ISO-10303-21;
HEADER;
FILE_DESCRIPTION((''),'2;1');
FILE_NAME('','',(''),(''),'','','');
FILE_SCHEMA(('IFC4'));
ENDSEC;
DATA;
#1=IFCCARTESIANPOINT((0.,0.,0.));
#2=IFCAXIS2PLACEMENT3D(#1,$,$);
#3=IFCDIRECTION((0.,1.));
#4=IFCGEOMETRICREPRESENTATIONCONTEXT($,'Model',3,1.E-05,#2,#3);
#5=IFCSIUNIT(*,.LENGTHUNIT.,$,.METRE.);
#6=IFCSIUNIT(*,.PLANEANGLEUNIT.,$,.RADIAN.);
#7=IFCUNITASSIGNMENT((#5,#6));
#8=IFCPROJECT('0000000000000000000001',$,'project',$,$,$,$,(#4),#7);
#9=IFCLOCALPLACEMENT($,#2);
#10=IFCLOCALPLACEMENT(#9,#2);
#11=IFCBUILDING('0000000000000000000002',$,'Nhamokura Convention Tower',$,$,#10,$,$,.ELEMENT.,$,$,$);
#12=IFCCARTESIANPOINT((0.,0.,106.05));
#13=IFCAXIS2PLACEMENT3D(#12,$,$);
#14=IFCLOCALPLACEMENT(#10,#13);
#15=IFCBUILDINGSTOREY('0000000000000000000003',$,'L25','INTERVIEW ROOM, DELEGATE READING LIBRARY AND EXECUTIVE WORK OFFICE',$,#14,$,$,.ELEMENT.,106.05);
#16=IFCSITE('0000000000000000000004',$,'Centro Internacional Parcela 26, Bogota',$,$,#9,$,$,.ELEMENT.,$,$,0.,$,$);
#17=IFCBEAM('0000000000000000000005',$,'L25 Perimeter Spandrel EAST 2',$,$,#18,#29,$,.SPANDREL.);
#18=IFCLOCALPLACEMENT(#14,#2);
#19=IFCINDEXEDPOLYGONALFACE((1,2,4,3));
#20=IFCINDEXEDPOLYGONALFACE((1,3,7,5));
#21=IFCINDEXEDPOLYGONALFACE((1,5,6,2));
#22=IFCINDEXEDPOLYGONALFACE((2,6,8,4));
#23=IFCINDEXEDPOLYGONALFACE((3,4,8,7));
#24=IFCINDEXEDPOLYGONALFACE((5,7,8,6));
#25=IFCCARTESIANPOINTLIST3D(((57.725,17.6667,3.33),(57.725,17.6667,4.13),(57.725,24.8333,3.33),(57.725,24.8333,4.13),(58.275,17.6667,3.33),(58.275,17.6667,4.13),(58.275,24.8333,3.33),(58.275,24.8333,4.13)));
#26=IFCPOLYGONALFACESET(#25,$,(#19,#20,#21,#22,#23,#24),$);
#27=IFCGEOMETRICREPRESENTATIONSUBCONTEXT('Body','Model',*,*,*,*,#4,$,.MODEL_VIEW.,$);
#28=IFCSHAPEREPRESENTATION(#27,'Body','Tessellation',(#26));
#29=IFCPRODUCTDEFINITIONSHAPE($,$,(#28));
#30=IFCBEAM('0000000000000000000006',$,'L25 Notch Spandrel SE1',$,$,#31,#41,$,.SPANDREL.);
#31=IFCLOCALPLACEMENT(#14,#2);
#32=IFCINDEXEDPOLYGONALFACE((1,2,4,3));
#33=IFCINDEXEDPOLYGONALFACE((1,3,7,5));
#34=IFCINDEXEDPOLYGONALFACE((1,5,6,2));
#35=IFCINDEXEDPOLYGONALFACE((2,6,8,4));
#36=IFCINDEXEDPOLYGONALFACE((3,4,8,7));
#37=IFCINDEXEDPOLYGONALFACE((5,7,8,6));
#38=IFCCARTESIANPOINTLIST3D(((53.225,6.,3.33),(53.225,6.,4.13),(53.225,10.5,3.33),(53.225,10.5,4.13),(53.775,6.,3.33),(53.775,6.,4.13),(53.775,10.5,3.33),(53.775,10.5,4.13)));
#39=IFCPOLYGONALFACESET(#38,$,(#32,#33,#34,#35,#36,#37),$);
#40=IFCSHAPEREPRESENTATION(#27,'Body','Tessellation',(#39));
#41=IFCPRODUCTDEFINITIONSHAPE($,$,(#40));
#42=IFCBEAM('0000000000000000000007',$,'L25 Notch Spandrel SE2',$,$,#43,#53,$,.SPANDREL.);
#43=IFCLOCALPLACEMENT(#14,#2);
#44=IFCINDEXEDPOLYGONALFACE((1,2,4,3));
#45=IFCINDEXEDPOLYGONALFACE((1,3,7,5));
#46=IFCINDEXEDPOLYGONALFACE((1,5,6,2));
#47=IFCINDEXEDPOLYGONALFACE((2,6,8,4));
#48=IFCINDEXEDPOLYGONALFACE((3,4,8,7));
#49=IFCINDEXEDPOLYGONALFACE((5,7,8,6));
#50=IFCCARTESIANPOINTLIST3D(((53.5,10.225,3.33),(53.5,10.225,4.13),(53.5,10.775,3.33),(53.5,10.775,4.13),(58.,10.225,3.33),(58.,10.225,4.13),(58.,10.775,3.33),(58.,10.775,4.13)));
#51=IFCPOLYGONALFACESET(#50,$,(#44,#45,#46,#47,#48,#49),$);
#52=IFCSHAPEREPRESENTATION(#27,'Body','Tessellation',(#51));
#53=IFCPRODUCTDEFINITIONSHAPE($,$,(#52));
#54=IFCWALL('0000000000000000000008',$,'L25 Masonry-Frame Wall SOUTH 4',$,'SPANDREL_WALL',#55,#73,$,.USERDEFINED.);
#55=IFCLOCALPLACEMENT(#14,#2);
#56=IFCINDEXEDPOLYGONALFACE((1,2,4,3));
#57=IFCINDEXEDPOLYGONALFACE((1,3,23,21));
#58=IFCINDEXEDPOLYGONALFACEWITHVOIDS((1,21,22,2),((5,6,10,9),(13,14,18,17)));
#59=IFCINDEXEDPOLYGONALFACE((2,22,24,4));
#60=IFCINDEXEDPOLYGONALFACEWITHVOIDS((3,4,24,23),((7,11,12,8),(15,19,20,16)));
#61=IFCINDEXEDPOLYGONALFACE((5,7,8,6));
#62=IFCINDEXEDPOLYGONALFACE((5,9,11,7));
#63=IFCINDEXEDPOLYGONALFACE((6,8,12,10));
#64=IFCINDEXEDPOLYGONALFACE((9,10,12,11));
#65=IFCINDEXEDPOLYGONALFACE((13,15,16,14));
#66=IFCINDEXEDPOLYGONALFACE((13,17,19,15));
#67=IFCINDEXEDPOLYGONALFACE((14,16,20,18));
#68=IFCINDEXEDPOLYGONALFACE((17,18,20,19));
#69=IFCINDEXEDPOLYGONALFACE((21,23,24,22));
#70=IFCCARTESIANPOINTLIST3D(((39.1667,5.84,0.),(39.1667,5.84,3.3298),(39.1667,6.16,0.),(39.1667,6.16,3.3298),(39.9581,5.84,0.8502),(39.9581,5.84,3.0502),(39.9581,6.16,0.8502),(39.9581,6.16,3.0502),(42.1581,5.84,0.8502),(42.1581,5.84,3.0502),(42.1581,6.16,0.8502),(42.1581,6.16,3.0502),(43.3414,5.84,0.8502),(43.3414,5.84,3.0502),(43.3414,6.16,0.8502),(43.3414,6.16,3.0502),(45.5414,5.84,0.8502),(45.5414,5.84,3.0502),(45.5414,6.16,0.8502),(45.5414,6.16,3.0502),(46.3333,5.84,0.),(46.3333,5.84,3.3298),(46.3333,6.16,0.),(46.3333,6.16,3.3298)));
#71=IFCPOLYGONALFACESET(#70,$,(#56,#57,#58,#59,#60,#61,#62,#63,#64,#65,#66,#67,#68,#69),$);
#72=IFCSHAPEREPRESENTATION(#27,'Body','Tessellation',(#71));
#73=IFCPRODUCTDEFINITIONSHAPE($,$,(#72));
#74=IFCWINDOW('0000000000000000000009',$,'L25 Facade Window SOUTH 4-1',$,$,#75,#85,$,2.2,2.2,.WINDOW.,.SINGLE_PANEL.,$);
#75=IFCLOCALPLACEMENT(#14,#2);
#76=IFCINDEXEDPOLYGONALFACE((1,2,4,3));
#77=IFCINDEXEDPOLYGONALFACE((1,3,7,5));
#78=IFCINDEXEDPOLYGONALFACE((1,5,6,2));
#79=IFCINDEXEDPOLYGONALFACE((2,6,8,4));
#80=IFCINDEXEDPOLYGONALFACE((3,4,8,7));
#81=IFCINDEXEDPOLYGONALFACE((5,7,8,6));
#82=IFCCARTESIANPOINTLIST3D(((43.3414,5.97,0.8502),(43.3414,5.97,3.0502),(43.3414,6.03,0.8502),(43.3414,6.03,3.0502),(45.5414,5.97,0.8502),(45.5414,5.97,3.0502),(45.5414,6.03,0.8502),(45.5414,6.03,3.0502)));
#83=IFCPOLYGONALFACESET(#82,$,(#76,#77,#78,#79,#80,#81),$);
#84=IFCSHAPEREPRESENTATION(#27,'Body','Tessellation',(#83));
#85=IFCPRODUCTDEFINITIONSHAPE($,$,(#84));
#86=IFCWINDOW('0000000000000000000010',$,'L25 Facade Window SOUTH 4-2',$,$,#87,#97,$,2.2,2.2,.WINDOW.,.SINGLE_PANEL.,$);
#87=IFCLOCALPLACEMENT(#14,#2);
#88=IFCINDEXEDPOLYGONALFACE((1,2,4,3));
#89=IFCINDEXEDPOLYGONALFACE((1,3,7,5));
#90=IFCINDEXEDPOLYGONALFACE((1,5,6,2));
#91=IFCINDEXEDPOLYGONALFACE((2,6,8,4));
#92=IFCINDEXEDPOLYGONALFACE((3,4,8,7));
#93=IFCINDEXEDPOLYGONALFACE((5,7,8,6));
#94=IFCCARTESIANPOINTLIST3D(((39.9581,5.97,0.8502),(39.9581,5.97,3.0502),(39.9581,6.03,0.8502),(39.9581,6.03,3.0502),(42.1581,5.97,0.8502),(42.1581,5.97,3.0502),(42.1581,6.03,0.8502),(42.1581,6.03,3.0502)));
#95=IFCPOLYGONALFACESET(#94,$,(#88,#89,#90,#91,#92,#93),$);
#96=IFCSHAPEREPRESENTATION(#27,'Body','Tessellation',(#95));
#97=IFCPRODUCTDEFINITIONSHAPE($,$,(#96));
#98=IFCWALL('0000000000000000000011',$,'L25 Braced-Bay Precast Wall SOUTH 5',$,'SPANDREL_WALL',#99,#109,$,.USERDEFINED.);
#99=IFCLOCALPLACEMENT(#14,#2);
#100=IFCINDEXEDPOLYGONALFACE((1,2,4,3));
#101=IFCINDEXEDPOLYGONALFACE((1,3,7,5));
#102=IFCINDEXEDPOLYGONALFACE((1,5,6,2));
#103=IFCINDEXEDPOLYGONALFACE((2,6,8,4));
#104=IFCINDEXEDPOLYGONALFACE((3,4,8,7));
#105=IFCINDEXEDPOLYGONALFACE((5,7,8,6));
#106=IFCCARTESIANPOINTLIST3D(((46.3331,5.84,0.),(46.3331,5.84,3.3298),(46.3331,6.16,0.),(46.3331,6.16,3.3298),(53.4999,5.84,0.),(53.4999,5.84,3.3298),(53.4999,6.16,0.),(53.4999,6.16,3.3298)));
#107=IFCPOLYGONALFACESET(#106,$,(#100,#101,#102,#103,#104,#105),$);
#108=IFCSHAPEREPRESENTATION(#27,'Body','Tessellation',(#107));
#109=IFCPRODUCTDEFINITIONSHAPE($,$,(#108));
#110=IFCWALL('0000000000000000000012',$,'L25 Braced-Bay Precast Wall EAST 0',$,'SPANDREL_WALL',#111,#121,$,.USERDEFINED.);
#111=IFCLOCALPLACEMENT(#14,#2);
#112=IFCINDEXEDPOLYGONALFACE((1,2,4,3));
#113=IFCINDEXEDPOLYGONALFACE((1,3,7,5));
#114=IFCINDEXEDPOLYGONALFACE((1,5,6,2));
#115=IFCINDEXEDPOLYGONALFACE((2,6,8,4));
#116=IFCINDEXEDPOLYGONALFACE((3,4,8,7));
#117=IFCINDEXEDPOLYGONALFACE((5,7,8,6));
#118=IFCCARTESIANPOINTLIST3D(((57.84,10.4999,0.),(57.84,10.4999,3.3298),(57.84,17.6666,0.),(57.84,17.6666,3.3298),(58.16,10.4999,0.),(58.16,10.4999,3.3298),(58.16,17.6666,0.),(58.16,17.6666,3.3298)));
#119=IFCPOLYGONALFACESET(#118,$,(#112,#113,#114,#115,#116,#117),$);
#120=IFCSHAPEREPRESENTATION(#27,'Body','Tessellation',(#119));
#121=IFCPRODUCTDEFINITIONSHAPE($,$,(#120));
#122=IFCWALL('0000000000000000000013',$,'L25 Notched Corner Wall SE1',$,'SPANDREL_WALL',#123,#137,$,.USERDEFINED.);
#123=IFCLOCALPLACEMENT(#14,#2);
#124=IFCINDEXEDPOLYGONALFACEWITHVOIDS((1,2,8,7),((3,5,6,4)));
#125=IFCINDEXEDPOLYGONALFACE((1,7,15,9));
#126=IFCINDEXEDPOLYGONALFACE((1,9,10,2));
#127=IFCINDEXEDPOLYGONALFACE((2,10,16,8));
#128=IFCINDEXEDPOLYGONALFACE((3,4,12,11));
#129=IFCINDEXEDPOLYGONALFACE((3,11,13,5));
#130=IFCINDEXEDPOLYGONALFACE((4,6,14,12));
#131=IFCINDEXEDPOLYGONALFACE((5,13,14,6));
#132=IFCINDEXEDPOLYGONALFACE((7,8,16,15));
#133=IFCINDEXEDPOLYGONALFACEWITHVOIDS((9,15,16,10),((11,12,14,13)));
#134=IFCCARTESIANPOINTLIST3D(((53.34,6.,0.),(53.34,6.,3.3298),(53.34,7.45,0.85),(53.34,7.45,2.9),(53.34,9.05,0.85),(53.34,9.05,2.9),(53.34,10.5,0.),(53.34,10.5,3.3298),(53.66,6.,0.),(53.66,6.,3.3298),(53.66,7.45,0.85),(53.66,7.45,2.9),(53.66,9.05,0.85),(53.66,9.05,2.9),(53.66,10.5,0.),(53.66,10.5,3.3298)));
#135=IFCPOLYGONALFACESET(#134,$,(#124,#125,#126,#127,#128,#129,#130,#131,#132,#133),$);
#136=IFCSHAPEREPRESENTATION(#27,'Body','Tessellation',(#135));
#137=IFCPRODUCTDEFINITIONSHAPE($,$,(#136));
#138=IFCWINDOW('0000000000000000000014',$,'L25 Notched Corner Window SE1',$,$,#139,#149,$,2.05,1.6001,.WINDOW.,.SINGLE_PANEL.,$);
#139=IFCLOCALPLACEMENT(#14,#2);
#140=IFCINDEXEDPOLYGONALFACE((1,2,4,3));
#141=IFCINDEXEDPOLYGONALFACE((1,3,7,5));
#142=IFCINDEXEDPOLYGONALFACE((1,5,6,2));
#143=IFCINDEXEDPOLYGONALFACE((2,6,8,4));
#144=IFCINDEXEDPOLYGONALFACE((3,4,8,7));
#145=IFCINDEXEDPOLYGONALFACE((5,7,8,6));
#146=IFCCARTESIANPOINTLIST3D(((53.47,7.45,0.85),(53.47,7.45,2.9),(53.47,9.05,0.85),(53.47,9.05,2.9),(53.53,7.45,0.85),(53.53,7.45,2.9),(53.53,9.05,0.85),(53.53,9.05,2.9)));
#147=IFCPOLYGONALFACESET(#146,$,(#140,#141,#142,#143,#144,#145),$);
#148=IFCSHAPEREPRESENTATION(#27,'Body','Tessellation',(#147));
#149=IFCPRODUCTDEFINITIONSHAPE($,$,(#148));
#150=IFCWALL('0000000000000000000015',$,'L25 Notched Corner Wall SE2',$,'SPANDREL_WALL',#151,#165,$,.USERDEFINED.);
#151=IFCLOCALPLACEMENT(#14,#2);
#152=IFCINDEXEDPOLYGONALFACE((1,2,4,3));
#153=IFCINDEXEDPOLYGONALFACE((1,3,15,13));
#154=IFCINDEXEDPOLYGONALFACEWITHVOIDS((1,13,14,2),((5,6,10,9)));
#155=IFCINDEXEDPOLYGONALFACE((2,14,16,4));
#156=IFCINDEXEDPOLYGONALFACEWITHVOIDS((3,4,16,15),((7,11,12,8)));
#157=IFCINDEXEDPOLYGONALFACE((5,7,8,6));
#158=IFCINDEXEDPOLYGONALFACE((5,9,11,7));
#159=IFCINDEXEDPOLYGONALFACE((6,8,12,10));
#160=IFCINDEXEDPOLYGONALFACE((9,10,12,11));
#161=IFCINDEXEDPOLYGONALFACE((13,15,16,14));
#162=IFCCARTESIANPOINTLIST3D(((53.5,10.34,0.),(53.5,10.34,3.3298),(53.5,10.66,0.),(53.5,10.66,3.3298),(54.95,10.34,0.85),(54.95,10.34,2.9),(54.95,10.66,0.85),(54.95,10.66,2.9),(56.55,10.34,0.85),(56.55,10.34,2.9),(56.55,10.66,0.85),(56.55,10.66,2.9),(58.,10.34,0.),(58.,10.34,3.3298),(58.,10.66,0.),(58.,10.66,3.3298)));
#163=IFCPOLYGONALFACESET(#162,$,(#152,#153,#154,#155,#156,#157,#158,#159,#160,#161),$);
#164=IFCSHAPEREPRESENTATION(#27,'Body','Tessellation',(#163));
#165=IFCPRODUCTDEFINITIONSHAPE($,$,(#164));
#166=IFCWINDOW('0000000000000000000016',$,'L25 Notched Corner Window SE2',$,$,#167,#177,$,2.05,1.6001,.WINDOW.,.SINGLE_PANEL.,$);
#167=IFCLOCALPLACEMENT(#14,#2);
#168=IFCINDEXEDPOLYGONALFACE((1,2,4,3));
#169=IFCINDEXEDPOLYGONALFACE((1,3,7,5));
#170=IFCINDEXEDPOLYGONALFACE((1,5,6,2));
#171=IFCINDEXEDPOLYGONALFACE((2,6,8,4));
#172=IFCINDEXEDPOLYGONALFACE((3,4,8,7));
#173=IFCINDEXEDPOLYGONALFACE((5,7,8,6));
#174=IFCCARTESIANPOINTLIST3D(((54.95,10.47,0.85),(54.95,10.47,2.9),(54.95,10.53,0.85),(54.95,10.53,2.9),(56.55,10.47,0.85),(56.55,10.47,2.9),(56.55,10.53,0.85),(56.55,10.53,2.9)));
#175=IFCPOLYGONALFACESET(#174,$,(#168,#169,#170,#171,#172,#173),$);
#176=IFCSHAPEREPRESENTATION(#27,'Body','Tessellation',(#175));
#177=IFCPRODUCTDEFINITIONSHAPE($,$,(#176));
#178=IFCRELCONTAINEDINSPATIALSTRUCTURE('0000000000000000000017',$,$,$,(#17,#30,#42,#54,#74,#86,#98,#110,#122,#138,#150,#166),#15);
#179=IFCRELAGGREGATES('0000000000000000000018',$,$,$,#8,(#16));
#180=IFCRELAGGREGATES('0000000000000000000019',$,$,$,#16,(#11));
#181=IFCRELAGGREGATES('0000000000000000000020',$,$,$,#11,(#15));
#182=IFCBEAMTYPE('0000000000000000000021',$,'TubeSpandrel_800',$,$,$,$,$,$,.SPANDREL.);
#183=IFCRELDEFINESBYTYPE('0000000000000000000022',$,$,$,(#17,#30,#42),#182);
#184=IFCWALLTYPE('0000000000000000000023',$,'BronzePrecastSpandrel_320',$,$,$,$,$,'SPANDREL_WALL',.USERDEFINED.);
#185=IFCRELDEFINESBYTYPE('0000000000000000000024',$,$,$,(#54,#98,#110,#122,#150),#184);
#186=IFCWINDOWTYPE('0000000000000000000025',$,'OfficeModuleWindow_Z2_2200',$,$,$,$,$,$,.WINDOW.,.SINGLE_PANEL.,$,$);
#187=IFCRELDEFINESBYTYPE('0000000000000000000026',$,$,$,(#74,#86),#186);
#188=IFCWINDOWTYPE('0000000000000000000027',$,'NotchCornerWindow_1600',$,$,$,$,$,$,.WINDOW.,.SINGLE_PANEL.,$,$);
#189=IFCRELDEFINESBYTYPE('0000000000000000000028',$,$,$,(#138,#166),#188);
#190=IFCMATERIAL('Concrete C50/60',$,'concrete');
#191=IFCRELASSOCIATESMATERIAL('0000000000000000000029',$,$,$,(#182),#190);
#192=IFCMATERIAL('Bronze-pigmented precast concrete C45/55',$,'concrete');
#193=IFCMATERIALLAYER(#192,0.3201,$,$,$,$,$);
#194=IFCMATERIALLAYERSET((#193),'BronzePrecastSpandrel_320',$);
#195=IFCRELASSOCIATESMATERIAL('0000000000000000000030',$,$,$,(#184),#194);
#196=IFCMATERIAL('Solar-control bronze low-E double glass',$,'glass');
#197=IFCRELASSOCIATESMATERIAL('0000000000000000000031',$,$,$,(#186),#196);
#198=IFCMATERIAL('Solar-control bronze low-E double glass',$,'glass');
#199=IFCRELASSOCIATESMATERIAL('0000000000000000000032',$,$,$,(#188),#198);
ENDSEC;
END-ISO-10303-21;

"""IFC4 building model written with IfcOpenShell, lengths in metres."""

from ifc_helpers import new_model, si_unit, direction, frame, frame_2d, origin, origin_2d, place, context, subcontext, project, spatial, rectangle, extrude, material, layer, layer_set, material_profile, profile_set, type_object, element, fill, save


model = new_model("IFC4")

# Units and contexts
model_context = context("Model", 3, precision=1e-05, world=origin(), true_north=direction((0.0, 1.0)))
body_context = subcontext(model_context, "Body", "Model", "MODEL_VIEW")
ifc_project = project(units=[si_unit("LENGTHUNIT", "METRE"), si_unit("PLANEANGLEUNIT", "RADIAN")], contexts=[model_context])

# Site, building, storey
site_placement = place(None, origin())
site = spatial("IfcSite", under=ifc_project, at=site_placement, Name="Centro Internacional Parcela 26, Bogota", CompositionType="ELEMENT", RefElevation=0.0)
building_placement = place(site_placement, origin())
building = spatial("IfcBuilding", under=site, at=building_placement, Name="Nhamokura Convention Tower", CompositionType="ELEMENT")
storey_placement = place(building_placement, frame((0.0, 0.0, 106.05)))
storey = spatial("IfcBuildingStorey", under=building, at=storey_placement, Name="L25", Description="INTERVIEW ROOM, DELEGATE READING LIBRARY AND EXECUTIVE WORK OFFICE", CompositionType="ELEMENT", Elevation=106.05)

# Beams
ifc_material_1 = material(Name="Concrete C50/60", Category="concrete")
ifc_material_profile_1 = material_profile(ifc_material_1, rectangle(XDim=0.55, YDim=0.8, at=origin_2d()))
ifc_profile_set_1 = profile_set([ifc_material_profile_1], Name="Concrete C50/60")
beam_type_1 = type_object("IfcBeamType", Name="TubeSpandrel_800", PredefinedType="SPANDREL", material=ifc_profile_set_1)
beam_placement = place(storey_placement, frame((58.0, 17.6667, 3.73), z_axis=(0.0, 1.0, 0.0), x_axis=(-1.0, 0.0, 0.0)))
element("IfcBeam", 1, at=beam_placement, inside=storey, type_object=beam_type_1, Name="L25 Perimeter Spandrel EAST 2", PredefinedType="SPANDREL", context=body_context, shape_type="SweptSolid", body=[
    extrude(rectangle(XDim=0.55, YDim=0.8, at=origin_2d()), origin(), (0.0, 0.0, 1.0), 7.1665),
])
for number, where, z_axis, x_axis, name in (
    (2, (53.5, 6.0, 3.73), (0.0, 1.0, 0.0), (-1.0, 0.0, 0.0), "L25 Notch Spandrel SE1"),
    (3, (53.5, 10.5, 3.73), (1.0, 0.0, 0.0), (0.0, 1.0, 0.0), "L25 Notch Spandrel SE2"),
):
    element("IfcBeam", number, at=place(storey_placement, frame(where, z_axis=z_axis, x_axis=x_axis)), inside=storey, type_object=beam_type_1, Name=name, PredefinedType="SPANDREL", context=body_context, shape_type="SweptSolid", body=[
        extrude(rectangle(XDim=0.55, YDim=0.8, at=origin_2d()), origin(), (0.0, 0.0, 1.0), 4.5),
    ])

# Wall, openings, windows
ifc_material_2 = material(Name="Bronze-pigmented precast concrete C45/55", Category="concrete")
ifc_layer_1 = layer(ifc_material_2, 0.3201)
ifc_layer_set_1 = layer_set([ifc_layer_1], Name="BronzePrecastSpandrel_320")
wall_type_1 = type_object("IfcWallType", Name="BronzePrecastSpandrel_320", ElementType="SPANDREL_WALL", PredefinedType="USERDEFINED", material=ifc_layer_set_1)
wall_1_placement = place(storey_placement, frame((46.3333, 6.0, 0.0), z_axis=(0.0, 0.0, 1.0), x_axis=(-1.0, 0.0, 0.0)))
wall_1 = element("IfcWall", 4, at=wall_1_placement, inside=storey, type_object=wall_type_1, Name="L25 Masonry-Frame Wall SOUTH 4", ObjectType="SPANDREL_WALL", PredefinedType="USERDEFINED", context=body_context, shape_type="SweptSolid", body=[
    extrude(rectangle(XDim=7.1665, YDim=0.3201, at=frame_2d((3.5833, 0.0))), origin(), (0.0, 0.0, 1.0), 3.3298),
])
opening_1_placement = place(wall_1_placement, frame((0.7917, 0.0, 0.8501)))
opening_1 = element("IfcOpeningElement", 5, at=opening_1_placement, cuts=wall_1, PredefinedType="OPENING", context=body_context, shape_type="SweptSolid", body=[
    extrude(rectangle(XDim=2.2, YDim=2.2, at=frame_2d((1.1001, 1.1001))), frame((0.0, 0.1699, 0.0), z_axis=(0.0, -1.0, 0.0), x_axis=(1.0, 0.0, 0.0)), (0.0, 0.0, 1.0), 0.3401),
])
opening_2_placement = place(wall_1_placement, frame((4.175, 0.0, 0.8501)))
opening_2 = element("IfcOpeningElement", 6, at=opening_2_placement, cuts=wall_1, PredefinedType="OPENING", context=body_context, shape_type="SweptSolid", body=[
    extrude(rectangle(XDim=2.2, YDim=2.2, at=frame_2d((1.1001, 1.1001))), frame((0.0, 0.1699, 0.0), z_axis=(0.0, -1.0, 0.0), x_axis=(1.0, 0.0, 0.0)), (0.0, 0.0, 1.0), 0.3401),
])
ifc_material_3 = material(Name="Solar-control bronze low-E double glass", Category="glass")
window_type_1 = type_object("IfcWindowType", Name="OfficeModuleWindow_Z2_2200", PartitioningType="SINGLE_PANEL", PredefinedType="WINDOW", material=ifc_material_3)
window_1_placement = place(opening_1_placement, origin())
window_1 = element("IfcWindow", 7, at=window_1_placement, inside=storey, type_object=window_type_1, Name="L25 Facade Window SOUTH 4-1", OverallHeight=2.2, OverallWidth=2.2, PartitioningType="SINGLE_PANEL", PredefinedType="WINDOW", context=body_context, shape_type="SweptSolid", body=[
    extrude(rectangle(XDim=2.2, YDim=2.2, at=frame_2d((1.1001, 1.1001))), frame((0.0, 0.03, 0.0), z_axis=(0.0, -1.0, 0.0), x_axis=(1.0, 0.0, 0.0)), (0.0, 0.0, 1.0), 0.0601),
])
fill(opening_1, window_1)
window_2_placement = place(opening_2_placement, origin())
window_2 = element("IfcWindow", 8, at=window_2_placement, inside=storey, type_object=window_type_1, Name="L25 Facade Window SOUTH 4-2", OverallHeight=2.2, OverallWidth=2.2, PartitioningType="SINGLE_PANEL", PredefinedType="WINDOW", context=body_context, shape_type="SweptSolid", body=[
    extrude(rectangle(XDim=2.2, YDim=2.2, at=frame_2d((1.1001, 1.1001))), frame((0.0, 0.03, 0.0), z_axis=(0.0, -1.0, 0.0), x_axis=(1.0, 0.0, 0.0)), (0.0, 0.0, 1.0), 0.0601),
])
fill(opening_2, window_2)

# Walls
for number, where, z_axis, x_axis, name in (
    (9, (53.5, 6.0, 0.0), (0.0, 0.0, 1.0), (-1.0, 0.0, 0.0), "L25 Braced-Bay Precast Wall SOUTH 5"),
    (10, (58.0, 17.6667, 0.0), (0.0, 0.0, 1.0), (0.0, -1.0, 0.0), "L25 Braced-Bay Precast Wall EAST 0"),
):
    element("IfcWall", number, at=place(storey_placement, frame(where, z_axis=z_axis, x_axis=x_axis)), inside=storey, type_object=wall_type_1, Name=name, ObjectType="SPANDREL_WALL", PredefinedType="USERDEFINED", context=body_context, shape_type="SweptSolid", body=[
        extrude(rectangle(XDim=7.1667, YDim=0.3201, at=frame_2d((3.5835, 0.0))), origin(), (0.0, 0.0, 1.0), 3.3298),
    ])

# Walls, openings, windows
wall_2_placement = place(storey_placement, frame((53.5, 10.5, 0.0), z_axis=(0.0, 0.0, 1.0), x_axis=(0.0, -1.0, 0.0)))
wall_2 = element("IfcWall", 11, at=wall_2_placement, inside=storey, type_object=wall_type_1, Name="L25 Notched Corner Wall SE1", ObjectType="SPANDREL_WALL", PredefinedType="USERDEFINED", context=body_context, shape_type="SweptSolid", body=[
    extrude(rectangle(XDim=4.5, YDim=0.3201, at=frame_2d((2.25, 0.0))), origin(), (0.0, 0.0, 1.0), 3.3298),
])
opening_3_placement = place(wall_2_placement, frame((1.45, 0.0, 0.8501)))
opening_3 = element("IfcOpeningElement", 12, at=opening_3_placement, cuts=wall_2, PredefinedType="OPENING", context=body_context, shape_type="SweptSolid", body=[
    extrude(rectangle(XDim=1.6001, YDim=2.05, at=frame_2d((0.8, 1.0249))), frame((0.0, 0.1699, 0.0), z_axis=(0.0, -1.0, 0.0), x_axis=(1.0, 0.0, 0.0)), (0.0, 0.0, 1.0), 0.3401),
])
ifc_material_4 = material(Name="Solar-control bronze low-E double glass", Category="glass")
window_type_2 = type_object("IfcWindowType", Name="NotchCornerWindow_1600", PartitioningType="SINGLE_PANEL", PredefinedType="WINDOW", material=ifc_material_4)
window_3_placement = place(opening_3_placement, origin())
window_3 = element("IfcWindow", 13, at=window_3_placement, inside=storey, type_object=window_type_2, Name="L25 Notched Corner Window SE1", OverallHeight=2.05, OverallWidth=1.6001, PartitioningType="SINGLE_PANEL", PredefinedType="WINDOW", context=body_context, shape_type="SweptSolid", body=[
    extrude(rectangle(XDim=1.6001, YDim=2.05, at=frame_2d((0.8, 1.0249))), frame((0.0, 0.03, 0.0), z_axis=(0.0, -1.0, 0.0), x_axis=(1.0, 0.0, 0.0)), (0.0, 0.0, 1.0), 0.0601),
])
fill(opening_3, window_3)
wall_3_placement = place(storey_placement, frame((58.0, 10.5, 0.0), z_axis=(0.0, 0.0, 1.0), x_axis=(-1.0, 0.0, 0.0)))
wall_3 = element("IfcWall", 14, at=wall_3_placement, inside=storey, type_object=wall_type_1, Name="L25 Notched Corner Wall SE2", ObjectType="SPANDREL_WALL", PredefinedType="USERDEFINED", context=body_context, shape_type="SweptSolid", body=[
    extrude(rectangle(XDim=4.5, YDim=0.3201, at=frame_2d((2.25, 0.0))), origin(), (0.0, 0.0, 1.0), 3.3298),
])
opening_4_placement = place(wall_3_placement, frame((1.45, 0.0, 0.8501)))
opening_4 = element("IfcOpeningElement", 15, at=opening_4_placement, cuts=wall_3, PredefinedType="OPENING", context=body_context, shape_type="SweptSolid", body=[
    extrude(rectangle(XDim=1.6001, YDim=2.05, at=frame_2d((0.8, 1.0249))), frame((0.0, 0.1699, 0.0), z_axis=(0.0, -1.0, 0.0), x_axis=(1.0, 0.0, 0.0)), (0.0, 0.0, 1.0), 0.3401),
])
window_4_placement = place(opening_4_placement, origin())
window_4 = element("IfcWindow", 16, at=window_4_placement, inside=storey, type_object=window_type_2, Name="L25 Notched Corner Window SE2", OverallHeight=2.05, OverallWidth=1.6001, PartitioningType="SINGLE_PANEL", PredefinedType="WINDOW", context=body_context, shape_type="SweptSolid", body=[
    extrude(rectangle(XDim=1.6001, YDim=2.05, at=frame_2d((0.8, 1.0249))), frame((0.0, 0.03, 0.0), z_axis=(0.0, -1.0, 0.0), x_axis=(1.0, 0.0, 0.0)), (0.0, 0.0, 1.0), 0.0601),
])
fill(opening_4, window_4)

save(model, "model.ifc")
